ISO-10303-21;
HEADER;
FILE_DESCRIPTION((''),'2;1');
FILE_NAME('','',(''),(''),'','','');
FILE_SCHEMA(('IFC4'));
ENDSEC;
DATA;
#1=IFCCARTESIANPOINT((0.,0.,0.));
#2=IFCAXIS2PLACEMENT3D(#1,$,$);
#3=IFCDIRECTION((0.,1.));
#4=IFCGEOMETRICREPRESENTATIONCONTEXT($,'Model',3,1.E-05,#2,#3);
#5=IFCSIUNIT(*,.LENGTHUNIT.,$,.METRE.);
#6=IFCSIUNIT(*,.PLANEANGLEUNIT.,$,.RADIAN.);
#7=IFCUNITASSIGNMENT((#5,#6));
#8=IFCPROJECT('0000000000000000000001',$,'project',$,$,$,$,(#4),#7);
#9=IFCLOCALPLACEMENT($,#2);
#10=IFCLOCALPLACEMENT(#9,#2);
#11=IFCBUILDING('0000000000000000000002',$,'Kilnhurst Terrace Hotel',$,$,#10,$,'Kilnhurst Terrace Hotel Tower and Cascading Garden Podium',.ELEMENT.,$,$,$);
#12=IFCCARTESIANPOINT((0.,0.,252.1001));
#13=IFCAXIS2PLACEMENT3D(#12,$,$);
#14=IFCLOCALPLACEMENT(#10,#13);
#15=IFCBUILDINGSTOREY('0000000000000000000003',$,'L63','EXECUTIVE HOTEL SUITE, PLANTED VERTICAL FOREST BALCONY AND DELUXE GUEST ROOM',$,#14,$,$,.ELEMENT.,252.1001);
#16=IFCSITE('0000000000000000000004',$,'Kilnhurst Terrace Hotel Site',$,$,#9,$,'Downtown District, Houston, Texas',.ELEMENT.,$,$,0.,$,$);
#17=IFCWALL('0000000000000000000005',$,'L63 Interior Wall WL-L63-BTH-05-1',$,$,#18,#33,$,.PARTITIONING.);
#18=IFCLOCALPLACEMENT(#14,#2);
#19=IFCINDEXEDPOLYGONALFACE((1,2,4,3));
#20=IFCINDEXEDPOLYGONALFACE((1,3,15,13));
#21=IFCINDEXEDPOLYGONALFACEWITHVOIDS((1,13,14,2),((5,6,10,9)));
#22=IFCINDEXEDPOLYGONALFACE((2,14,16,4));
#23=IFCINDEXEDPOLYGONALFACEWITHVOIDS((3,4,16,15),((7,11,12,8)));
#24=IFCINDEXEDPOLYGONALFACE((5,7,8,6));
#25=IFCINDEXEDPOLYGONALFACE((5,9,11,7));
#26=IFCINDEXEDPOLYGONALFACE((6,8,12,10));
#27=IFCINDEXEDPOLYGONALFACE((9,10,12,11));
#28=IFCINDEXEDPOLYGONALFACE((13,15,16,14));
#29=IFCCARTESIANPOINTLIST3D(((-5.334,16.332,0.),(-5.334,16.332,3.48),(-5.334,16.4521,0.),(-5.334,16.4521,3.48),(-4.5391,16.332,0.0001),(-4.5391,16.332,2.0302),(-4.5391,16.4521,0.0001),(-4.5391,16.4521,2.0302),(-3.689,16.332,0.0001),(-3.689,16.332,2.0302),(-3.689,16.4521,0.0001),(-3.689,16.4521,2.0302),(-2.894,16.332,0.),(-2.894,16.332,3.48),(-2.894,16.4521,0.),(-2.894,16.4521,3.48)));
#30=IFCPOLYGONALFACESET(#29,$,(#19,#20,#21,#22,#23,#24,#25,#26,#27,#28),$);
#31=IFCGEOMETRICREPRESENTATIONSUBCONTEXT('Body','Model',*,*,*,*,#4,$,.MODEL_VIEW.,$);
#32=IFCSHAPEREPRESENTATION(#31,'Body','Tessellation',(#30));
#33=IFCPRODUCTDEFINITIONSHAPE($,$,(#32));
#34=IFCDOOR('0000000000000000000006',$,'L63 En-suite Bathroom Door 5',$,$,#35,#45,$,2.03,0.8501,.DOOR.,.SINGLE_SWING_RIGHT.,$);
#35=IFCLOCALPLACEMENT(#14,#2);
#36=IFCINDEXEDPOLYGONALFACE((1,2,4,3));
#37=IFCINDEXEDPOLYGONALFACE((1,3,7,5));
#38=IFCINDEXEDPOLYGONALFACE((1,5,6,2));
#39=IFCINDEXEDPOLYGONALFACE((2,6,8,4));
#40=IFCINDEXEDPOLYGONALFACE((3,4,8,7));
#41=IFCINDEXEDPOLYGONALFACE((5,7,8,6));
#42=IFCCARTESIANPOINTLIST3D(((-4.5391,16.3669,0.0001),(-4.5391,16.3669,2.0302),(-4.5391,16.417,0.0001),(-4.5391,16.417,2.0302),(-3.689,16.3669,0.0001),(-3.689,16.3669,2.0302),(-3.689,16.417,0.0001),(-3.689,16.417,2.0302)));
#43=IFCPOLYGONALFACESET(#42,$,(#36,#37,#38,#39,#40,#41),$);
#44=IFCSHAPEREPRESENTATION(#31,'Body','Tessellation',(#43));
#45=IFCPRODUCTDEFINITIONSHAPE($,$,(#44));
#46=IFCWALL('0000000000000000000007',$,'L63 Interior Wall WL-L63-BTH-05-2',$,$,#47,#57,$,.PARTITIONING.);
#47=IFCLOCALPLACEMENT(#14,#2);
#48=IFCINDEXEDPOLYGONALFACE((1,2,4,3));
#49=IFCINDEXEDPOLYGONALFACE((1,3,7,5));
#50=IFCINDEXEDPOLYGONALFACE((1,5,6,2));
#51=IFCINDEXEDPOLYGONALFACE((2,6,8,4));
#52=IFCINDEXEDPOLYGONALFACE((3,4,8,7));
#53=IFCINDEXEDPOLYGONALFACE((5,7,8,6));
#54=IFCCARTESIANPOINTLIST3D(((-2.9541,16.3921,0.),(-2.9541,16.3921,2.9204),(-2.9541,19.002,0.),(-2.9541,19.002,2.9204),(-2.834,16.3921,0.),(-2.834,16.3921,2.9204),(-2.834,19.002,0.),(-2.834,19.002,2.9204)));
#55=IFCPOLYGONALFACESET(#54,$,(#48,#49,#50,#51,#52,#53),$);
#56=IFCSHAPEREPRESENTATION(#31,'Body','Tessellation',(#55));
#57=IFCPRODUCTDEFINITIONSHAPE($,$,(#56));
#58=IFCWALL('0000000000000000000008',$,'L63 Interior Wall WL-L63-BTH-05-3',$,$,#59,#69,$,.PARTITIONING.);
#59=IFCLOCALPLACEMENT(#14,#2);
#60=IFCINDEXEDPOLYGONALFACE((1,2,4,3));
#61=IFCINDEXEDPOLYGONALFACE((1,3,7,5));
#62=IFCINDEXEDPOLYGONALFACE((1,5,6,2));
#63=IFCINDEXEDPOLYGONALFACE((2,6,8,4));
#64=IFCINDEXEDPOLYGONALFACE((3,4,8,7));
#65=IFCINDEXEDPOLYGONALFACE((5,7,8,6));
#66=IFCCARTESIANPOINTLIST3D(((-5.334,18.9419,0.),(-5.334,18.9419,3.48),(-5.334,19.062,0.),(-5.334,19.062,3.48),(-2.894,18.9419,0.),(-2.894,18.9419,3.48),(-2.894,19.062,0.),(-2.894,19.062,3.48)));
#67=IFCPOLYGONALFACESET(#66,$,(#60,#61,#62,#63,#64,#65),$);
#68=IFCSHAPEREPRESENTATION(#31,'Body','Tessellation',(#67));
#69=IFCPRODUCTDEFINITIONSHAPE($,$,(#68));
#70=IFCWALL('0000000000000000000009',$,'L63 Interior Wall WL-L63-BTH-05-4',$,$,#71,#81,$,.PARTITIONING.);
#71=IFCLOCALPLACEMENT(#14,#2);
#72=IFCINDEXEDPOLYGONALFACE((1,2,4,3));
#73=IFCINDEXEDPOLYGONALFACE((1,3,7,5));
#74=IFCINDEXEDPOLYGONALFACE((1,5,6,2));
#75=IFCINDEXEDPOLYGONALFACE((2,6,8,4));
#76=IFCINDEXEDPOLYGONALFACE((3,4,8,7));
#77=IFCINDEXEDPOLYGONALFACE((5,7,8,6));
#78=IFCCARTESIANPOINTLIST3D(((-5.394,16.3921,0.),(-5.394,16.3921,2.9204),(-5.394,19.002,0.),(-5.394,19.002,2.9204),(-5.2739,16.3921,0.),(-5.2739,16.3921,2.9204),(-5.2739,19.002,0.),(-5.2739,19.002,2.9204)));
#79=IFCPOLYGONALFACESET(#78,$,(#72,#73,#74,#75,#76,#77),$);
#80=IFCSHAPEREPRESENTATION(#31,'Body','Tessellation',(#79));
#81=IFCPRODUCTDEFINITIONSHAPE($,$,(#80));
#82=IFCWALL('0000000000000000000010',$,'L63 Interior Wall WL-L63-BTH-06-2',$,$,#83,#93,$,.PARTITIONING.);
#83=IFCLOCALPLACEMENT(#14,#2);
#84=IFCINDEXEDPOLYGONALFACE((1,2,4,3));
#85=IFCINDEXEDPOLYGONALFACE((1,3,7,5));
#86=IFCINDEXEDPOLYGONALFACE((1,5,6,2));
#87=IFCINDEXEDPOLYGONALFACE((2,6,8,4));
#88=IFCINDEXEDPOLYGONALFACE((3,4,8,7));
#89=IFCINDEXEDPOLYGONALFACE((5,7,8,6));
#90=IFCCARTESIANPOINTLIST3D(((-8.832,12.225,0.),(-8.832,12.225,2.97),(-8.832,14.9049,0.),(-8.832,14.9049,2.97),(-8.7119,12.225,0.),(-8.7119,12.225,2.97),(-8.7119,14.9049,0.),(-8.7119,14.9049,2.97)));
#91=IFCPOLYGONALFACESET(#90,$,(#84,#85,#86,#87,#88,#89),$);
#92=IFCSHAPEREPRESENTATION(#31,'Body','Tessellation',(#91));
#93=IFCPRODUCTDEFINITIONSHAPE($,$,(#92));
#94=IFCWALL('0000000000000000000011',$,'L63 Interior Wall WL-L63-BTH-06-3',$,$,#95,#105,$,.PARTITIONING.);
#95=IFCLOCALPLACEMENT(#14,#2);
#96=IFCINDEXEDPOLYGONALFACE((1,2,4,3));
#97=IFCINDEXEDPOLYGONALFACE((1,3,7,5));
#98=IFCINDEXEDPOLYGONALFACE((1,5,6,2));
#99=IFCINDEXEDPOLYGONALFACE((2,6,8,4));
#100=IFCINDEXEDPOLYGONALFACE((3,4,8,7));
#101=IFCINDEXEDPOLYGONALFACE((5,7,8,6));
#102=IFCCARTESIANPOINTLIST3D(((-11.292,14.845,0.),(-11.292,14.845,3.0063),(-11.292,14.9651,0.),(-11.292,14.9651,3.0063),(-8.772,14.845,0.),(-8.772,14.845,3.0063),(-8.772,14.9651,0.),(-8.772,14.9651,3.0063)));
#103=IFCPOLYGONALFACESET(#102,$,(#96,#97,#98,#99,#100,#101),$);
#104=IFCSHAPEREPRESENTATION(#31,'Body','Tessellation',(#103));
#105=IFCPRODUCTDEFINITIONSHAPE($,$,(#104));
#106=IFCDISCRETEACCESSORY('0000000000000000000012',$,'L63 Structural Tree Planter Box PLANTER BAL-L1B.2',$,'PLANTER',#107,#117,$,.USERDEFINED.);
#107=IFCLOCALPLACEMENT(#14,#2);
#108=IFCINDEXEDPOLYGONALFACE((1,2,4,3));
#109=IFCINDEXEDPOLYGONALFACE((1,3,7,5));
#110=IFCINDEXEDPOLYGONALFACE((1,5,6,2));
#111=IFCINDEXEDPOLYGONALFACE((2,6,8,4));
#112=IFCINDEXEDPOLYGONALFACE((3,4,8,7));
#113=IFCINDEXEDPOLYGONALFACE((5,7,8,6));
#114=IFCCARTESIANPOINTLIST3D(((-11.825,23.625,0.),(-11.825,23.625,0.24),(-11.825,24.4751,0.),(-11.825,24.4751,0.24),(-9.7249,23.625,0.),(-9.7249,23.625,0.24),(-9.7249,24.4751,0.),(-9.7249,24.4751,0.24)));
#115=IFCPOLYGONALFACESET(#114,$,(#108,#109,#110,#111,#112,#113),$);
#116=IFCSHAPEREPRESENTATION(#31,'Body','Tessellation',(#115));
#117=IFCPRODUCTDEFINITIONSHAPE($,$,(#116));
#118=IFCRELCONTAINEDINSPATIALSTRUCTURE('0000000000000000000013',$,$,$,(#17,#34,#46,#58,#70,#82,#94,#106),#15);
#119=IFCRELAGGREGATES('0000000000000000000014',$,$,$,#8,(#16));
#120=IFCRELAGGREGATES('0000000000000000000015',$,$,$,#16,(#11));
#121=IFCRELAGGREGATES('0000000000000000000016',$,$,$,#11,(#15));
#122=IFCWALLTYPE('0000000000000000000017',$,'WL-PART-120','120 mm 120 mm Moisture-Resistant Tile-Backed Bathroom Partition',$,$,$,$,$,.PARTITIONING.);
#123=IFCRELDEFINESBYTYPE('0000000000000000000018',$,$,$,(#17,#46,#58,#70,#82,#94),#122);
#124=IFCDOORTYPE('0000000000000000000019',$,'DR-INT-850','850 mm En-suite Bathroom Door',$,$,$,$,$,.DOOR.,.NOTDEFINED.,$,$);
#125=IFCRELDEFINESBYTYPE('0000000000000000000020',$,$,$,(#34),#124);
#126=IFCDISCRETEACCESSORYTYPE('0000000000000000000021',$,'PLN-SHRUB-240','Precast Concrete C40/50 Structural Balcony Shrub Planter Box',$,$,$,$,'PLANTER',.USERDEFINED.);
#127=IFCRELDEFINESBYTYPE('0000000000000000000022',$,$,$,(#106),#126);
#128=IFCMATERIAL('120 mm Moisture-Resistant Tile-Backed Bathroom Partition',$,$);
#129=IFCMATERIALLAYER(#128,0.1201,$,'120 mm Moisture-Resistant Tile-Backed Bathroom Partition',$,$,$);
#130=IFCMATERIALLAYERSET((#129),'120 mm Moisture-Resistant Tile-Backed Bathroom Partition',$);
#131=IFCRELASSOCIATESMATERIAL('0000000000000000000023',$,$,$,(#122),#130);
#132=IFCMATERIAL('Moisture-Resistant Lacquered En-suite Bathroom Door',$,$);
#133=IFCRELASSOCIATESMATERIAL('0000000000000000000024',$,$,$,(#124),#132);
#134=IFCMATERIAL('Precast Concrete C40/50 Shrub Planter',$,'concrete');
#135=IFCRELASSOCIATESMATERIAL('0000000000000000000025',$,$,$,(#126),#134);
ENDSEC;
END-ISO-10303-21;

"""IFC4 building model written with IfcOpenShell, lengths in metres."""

from ifc_helpers import new_model, si_unit, direction, frame, frame_2d, origin, origin_2d, place, context, subcontext, project, spatial, rectangle, extrude, material, layer, layer_set, type_object, element, fill, save


model = new_model("IFC4")

# Units and contexts
model_context = context("Model", 3, precision=1e-05, world=origin(), true_north=direction((0.0, 1.0)))
body_context = subcontext(model_context, "Body", "Model", "MODEL_VIEW")
ifc_project = project(units=[si_unit("LENGTHUNIT", "METRE"), si_unit("PLANEANGLEUNIT", "RADIAN")], contexts=[model_context])

# Site, building, storey
site_placement = place(None, origin())
site = spatial("IfcSite", under=ifc_project, at=site_placement, Name="Kilnhurst Terrace Hotel Site", LongName="Downtown District, Houston, Texas", CompositionType="ELEMENT", RefElevation=0.0)
building_placement = place(site_placement, origin())
building = spatial("IfcBuilding", under=site, at=building_placement, Name="Kilnhurst Terrace Hotel", LongName="Kilnhurst Terrace Hotel Tower and Cascading Garden Podium", CompositionType="ELEMENT")
storey_placement = place(building_placement, frame((0.0, 0.0, 252.1001)))
storey = spatial("IfcBuildingStorey", under=building, at=storey_placement, Name="L63", Description="EXECUTIVE HOTEL SUITE, PLANTED VERTICAL FOREST BALCONY AND DELUXE GUEST ROOM", CompositionType="ELEMENT", Elevation=252.1001)

# Wall, opening, door
ifc_material_1 = material(Name="120 mm Moisture-Resistant Tile-Backed Bathroom Partition")
ifc_layer_1 = layer(ifc_material_1, 0.1201, Name="120 mm Moisture-Resistant Tile-Backed Bathroom Partition")
ifc_layer_set_1 = layer_set([ifc_layer_1], Name="120 mm Moisture-Resistant Tile-Backed Bathroom Partition")
wall_type_1 = type_object("IfcWallType", Name="WL-PART-120", Description="120 mm 120 mm Moisture-Resistant Tile-Backed Bathroom Partition", PredefinedType="PARTITIONING", material=ifc_layer_set_1)
wall_1_placement = place(storey_placement, frame((-5.334, 16.3921, 0.0), z_axis=(0.0, 0.0, 1.0), x_axis=(1.0, 0.0, 0.0)))
wall_1 = element("IfcWall", 1, at=wall_1_placement, inside=storey, type_object=wall_type_1, Name="L63 Interior Wall WL-L63-BTH-05-1", PredefinedType="PARTITIONING", context=body_context, shape_type="SweptSolid", body=[
    extrude(rectangle(XDim=2.4399, YDim=0.1201, at=frame_2d((1.22, 0.0))), origin(), (0.0, 0.0, 1.0), 3.48),
])
opening_placement = place(wall_1_placement, frame((0.7949, 0.0, 0.0)))
opening = element("IfcOpeningElement", 2, at=opening_placement, cuts=wall_1, PredefinedType="OPENING", context=body_context, shape_type="SweptSolid", body=[
    extrude(rectangle(XDim=0.8501, YDim=2.03, at=frame_2d((0.425, 1.0151))), frame((0.0, 0.0701, 0.0), z_axis=(0.0, -1.0, 0.0), x_axis=(1.0, 0.0, 0.0)), (0.0, 0.0, 1.0), 0.1401),
])
ifc_material_2 = material(Name="Moisture-Resistant Lacquered En-suite Bathroom Door")
door_type = type_object("IfcDoorType", Name="DR-INT-850", Description="850 mm En-suite Bathroom Door", OperationType="NOTDEFINED", PredefinedType="DOOR", material=ifc_material_2)
door_placement = place(opening_placement, origin())
door = element("IfcDoor", 3, at=door_placement, inside=storey, type_object=door_type, Name="L63 En-suite Bathroom Door 5", OperationType="SINGLE_SWING_RIGHT", OverallHeight=2.03, OverallWidth=0.8501, PredefinedType="DOOR", context=body_context, shape_type="SweptSolid", body=[
    extrude(rectangle(XDim=0.8501, YDim=2.03, at=frame_2d((0.425, 1.0151))), frame((0.0, 0.0249, 0.0), z_axis=(0.0, -1.0, 0.0), x_axis=(1.0, 0.0, 0.0)), (0.0, 0.0, 1.0), 0.05),
])
fill(opening, door)

# Walls
wall_2_placement = place(storey_placement, frame((-2.894, 16.3921, 0.0), z_axis=(0.0, 0.0, 1.0), x_axis=(0.0, 1.0, 0.0)))
element("IfcWall", 4, at=wall_2_placement, inside=storey, type_object=wall_type_1, Name="L63 Interior Wall WL-L63-BTH-05-2", PredefinedType="PARTITIONING", context=body_context, shape_type="SweptSolid", body=[
    extrude(rectangle(XDim=2.6099, YDim=0.1201, at=frame_2d((1.3049, 0.0))), origin(), (0.0, 0.0, 1.0), 2.9204),
])
wall_3_placement = place(storey_placement, frame((-2.894, 19.002, 0.0), z_axis=(0.0, 0.0, 1.0), x_axis=(-1.0, 0.0, 0.0)))
element("IfcWall", 5, at=wall_3_placement, inside=storey, type_object=wall_type_1, Name="L63 Interior Wall WL-L63-BTH-05-3", PredefinedType="PARTITIONING", context=body_context, shape_type="SweptSolid", body=[
    extrude(rectangle(XDim=2.4399, YDim=0.1201, at=frame_2d((1.22, 0.0))), origin(), (0.0, 0.0, 1.0), 3.48),
])
wall_4_placement = place(storey_placement, frame((-5.334, 19.002, 0.0), z_axis=(0.0, 0.0, 1.0), x_axis=(0.0, -1.0, 0.0)))
element("IfcWall", 6, at=wall_4_placement, inside=storey, type_object=wall_type_1, Name="L63 Interior Wall WL-L63-BTH-05-4", PredefinedType="PARTITIONING", context=body_context, shape_type="SweptSolid", body=[
    extrude(rectangle(XDim=2.6099, YDim=0.1201, at=frame_2d((1.3049, 0.0))), origin(), (0.0, 0.0, 1.0), 2.9204),
])
wall_5_placement = place(storey_placement, frame((-8.772, 12.2251, 0.0), z_axis=(0.0, 0.0, 1.0), x_axis=(0.0, 1.0, 0.0)))
element("IfcWall", 7, at=wall_5_placement, inside=storey, type_object=wall_type_1, Name="L63 Interior Wall WL-L63-BTH-06-2", PredefinedType="PARTITIONING", context=body_context, shape_type="SweptSolid", body=[
    extrude(rectangle(XDim=2.6799, YDim=0.1201, at=frame_2d((1.3398, 0.0))), origin(), (0.0, 0.0, 1.0), 2.97),
])
wall_6_placement = place(storey_placement, frame((-8.772, 14.905, 0.0), z_axis=(0.0, 0.0, 1.0), x_axis=(-1.0, 0.0, 0.0)))
element("IfcWall", 8, at=wall_6_placement, inside=storey, type_object=wall_type_1, Name="L63 Interior Wall WL-L63-BTH-06-3", PredefinedType="PARTITIONING", context=body_context, shape_type="SweptSolid", body=[
    extrude(rectangle(XDim=2.52, YDim=0.1201, at=frame_2d((1.26, 0.0))), origin(), (0.0, 0.0, 1.0), 3.0063),
])

# Discrete accessory
ifc_material_3 = material(Name="Precast Concrete C40/50 Shrub Planter", Category="concrete")
discrete_accessory_type = type_object("IfcDiscreteAccessoryType", Name="PLN-SHRUB-240", Description="Precast Concrete C40/50 Structural Balcony Shrub Planter Box", ElementType="PLANTER", PredefinedType="USERDEFINED", material=ifc_material_3)
discrete_accessory_placement = place(storey_placement, frame((-10.7749, 24.05, 0.0), z_axis=(0.0, 0.0, 1.0), x_axis=(-1.0, 0.0, 0.0)))
element("IfcDiscreteAccessory", 9, at=discrete_accessory_placement, inside=storey, type_object=discrete_accessory_type, Name="L63 Structural Tree Planter Box PLANTER BAL-L1B.2", ObjectType="PLANTER", PredefinedType="USERDEFINED", context=body_context, shape_type="SweptSolid", body=[
    extrude(rectangle(XDim=2.1001, YDim=0.8501, at=origin_2d()), origin(), (0.0, 0.0, 1.0), 0.24),
])

save(model, "model.ifc")
